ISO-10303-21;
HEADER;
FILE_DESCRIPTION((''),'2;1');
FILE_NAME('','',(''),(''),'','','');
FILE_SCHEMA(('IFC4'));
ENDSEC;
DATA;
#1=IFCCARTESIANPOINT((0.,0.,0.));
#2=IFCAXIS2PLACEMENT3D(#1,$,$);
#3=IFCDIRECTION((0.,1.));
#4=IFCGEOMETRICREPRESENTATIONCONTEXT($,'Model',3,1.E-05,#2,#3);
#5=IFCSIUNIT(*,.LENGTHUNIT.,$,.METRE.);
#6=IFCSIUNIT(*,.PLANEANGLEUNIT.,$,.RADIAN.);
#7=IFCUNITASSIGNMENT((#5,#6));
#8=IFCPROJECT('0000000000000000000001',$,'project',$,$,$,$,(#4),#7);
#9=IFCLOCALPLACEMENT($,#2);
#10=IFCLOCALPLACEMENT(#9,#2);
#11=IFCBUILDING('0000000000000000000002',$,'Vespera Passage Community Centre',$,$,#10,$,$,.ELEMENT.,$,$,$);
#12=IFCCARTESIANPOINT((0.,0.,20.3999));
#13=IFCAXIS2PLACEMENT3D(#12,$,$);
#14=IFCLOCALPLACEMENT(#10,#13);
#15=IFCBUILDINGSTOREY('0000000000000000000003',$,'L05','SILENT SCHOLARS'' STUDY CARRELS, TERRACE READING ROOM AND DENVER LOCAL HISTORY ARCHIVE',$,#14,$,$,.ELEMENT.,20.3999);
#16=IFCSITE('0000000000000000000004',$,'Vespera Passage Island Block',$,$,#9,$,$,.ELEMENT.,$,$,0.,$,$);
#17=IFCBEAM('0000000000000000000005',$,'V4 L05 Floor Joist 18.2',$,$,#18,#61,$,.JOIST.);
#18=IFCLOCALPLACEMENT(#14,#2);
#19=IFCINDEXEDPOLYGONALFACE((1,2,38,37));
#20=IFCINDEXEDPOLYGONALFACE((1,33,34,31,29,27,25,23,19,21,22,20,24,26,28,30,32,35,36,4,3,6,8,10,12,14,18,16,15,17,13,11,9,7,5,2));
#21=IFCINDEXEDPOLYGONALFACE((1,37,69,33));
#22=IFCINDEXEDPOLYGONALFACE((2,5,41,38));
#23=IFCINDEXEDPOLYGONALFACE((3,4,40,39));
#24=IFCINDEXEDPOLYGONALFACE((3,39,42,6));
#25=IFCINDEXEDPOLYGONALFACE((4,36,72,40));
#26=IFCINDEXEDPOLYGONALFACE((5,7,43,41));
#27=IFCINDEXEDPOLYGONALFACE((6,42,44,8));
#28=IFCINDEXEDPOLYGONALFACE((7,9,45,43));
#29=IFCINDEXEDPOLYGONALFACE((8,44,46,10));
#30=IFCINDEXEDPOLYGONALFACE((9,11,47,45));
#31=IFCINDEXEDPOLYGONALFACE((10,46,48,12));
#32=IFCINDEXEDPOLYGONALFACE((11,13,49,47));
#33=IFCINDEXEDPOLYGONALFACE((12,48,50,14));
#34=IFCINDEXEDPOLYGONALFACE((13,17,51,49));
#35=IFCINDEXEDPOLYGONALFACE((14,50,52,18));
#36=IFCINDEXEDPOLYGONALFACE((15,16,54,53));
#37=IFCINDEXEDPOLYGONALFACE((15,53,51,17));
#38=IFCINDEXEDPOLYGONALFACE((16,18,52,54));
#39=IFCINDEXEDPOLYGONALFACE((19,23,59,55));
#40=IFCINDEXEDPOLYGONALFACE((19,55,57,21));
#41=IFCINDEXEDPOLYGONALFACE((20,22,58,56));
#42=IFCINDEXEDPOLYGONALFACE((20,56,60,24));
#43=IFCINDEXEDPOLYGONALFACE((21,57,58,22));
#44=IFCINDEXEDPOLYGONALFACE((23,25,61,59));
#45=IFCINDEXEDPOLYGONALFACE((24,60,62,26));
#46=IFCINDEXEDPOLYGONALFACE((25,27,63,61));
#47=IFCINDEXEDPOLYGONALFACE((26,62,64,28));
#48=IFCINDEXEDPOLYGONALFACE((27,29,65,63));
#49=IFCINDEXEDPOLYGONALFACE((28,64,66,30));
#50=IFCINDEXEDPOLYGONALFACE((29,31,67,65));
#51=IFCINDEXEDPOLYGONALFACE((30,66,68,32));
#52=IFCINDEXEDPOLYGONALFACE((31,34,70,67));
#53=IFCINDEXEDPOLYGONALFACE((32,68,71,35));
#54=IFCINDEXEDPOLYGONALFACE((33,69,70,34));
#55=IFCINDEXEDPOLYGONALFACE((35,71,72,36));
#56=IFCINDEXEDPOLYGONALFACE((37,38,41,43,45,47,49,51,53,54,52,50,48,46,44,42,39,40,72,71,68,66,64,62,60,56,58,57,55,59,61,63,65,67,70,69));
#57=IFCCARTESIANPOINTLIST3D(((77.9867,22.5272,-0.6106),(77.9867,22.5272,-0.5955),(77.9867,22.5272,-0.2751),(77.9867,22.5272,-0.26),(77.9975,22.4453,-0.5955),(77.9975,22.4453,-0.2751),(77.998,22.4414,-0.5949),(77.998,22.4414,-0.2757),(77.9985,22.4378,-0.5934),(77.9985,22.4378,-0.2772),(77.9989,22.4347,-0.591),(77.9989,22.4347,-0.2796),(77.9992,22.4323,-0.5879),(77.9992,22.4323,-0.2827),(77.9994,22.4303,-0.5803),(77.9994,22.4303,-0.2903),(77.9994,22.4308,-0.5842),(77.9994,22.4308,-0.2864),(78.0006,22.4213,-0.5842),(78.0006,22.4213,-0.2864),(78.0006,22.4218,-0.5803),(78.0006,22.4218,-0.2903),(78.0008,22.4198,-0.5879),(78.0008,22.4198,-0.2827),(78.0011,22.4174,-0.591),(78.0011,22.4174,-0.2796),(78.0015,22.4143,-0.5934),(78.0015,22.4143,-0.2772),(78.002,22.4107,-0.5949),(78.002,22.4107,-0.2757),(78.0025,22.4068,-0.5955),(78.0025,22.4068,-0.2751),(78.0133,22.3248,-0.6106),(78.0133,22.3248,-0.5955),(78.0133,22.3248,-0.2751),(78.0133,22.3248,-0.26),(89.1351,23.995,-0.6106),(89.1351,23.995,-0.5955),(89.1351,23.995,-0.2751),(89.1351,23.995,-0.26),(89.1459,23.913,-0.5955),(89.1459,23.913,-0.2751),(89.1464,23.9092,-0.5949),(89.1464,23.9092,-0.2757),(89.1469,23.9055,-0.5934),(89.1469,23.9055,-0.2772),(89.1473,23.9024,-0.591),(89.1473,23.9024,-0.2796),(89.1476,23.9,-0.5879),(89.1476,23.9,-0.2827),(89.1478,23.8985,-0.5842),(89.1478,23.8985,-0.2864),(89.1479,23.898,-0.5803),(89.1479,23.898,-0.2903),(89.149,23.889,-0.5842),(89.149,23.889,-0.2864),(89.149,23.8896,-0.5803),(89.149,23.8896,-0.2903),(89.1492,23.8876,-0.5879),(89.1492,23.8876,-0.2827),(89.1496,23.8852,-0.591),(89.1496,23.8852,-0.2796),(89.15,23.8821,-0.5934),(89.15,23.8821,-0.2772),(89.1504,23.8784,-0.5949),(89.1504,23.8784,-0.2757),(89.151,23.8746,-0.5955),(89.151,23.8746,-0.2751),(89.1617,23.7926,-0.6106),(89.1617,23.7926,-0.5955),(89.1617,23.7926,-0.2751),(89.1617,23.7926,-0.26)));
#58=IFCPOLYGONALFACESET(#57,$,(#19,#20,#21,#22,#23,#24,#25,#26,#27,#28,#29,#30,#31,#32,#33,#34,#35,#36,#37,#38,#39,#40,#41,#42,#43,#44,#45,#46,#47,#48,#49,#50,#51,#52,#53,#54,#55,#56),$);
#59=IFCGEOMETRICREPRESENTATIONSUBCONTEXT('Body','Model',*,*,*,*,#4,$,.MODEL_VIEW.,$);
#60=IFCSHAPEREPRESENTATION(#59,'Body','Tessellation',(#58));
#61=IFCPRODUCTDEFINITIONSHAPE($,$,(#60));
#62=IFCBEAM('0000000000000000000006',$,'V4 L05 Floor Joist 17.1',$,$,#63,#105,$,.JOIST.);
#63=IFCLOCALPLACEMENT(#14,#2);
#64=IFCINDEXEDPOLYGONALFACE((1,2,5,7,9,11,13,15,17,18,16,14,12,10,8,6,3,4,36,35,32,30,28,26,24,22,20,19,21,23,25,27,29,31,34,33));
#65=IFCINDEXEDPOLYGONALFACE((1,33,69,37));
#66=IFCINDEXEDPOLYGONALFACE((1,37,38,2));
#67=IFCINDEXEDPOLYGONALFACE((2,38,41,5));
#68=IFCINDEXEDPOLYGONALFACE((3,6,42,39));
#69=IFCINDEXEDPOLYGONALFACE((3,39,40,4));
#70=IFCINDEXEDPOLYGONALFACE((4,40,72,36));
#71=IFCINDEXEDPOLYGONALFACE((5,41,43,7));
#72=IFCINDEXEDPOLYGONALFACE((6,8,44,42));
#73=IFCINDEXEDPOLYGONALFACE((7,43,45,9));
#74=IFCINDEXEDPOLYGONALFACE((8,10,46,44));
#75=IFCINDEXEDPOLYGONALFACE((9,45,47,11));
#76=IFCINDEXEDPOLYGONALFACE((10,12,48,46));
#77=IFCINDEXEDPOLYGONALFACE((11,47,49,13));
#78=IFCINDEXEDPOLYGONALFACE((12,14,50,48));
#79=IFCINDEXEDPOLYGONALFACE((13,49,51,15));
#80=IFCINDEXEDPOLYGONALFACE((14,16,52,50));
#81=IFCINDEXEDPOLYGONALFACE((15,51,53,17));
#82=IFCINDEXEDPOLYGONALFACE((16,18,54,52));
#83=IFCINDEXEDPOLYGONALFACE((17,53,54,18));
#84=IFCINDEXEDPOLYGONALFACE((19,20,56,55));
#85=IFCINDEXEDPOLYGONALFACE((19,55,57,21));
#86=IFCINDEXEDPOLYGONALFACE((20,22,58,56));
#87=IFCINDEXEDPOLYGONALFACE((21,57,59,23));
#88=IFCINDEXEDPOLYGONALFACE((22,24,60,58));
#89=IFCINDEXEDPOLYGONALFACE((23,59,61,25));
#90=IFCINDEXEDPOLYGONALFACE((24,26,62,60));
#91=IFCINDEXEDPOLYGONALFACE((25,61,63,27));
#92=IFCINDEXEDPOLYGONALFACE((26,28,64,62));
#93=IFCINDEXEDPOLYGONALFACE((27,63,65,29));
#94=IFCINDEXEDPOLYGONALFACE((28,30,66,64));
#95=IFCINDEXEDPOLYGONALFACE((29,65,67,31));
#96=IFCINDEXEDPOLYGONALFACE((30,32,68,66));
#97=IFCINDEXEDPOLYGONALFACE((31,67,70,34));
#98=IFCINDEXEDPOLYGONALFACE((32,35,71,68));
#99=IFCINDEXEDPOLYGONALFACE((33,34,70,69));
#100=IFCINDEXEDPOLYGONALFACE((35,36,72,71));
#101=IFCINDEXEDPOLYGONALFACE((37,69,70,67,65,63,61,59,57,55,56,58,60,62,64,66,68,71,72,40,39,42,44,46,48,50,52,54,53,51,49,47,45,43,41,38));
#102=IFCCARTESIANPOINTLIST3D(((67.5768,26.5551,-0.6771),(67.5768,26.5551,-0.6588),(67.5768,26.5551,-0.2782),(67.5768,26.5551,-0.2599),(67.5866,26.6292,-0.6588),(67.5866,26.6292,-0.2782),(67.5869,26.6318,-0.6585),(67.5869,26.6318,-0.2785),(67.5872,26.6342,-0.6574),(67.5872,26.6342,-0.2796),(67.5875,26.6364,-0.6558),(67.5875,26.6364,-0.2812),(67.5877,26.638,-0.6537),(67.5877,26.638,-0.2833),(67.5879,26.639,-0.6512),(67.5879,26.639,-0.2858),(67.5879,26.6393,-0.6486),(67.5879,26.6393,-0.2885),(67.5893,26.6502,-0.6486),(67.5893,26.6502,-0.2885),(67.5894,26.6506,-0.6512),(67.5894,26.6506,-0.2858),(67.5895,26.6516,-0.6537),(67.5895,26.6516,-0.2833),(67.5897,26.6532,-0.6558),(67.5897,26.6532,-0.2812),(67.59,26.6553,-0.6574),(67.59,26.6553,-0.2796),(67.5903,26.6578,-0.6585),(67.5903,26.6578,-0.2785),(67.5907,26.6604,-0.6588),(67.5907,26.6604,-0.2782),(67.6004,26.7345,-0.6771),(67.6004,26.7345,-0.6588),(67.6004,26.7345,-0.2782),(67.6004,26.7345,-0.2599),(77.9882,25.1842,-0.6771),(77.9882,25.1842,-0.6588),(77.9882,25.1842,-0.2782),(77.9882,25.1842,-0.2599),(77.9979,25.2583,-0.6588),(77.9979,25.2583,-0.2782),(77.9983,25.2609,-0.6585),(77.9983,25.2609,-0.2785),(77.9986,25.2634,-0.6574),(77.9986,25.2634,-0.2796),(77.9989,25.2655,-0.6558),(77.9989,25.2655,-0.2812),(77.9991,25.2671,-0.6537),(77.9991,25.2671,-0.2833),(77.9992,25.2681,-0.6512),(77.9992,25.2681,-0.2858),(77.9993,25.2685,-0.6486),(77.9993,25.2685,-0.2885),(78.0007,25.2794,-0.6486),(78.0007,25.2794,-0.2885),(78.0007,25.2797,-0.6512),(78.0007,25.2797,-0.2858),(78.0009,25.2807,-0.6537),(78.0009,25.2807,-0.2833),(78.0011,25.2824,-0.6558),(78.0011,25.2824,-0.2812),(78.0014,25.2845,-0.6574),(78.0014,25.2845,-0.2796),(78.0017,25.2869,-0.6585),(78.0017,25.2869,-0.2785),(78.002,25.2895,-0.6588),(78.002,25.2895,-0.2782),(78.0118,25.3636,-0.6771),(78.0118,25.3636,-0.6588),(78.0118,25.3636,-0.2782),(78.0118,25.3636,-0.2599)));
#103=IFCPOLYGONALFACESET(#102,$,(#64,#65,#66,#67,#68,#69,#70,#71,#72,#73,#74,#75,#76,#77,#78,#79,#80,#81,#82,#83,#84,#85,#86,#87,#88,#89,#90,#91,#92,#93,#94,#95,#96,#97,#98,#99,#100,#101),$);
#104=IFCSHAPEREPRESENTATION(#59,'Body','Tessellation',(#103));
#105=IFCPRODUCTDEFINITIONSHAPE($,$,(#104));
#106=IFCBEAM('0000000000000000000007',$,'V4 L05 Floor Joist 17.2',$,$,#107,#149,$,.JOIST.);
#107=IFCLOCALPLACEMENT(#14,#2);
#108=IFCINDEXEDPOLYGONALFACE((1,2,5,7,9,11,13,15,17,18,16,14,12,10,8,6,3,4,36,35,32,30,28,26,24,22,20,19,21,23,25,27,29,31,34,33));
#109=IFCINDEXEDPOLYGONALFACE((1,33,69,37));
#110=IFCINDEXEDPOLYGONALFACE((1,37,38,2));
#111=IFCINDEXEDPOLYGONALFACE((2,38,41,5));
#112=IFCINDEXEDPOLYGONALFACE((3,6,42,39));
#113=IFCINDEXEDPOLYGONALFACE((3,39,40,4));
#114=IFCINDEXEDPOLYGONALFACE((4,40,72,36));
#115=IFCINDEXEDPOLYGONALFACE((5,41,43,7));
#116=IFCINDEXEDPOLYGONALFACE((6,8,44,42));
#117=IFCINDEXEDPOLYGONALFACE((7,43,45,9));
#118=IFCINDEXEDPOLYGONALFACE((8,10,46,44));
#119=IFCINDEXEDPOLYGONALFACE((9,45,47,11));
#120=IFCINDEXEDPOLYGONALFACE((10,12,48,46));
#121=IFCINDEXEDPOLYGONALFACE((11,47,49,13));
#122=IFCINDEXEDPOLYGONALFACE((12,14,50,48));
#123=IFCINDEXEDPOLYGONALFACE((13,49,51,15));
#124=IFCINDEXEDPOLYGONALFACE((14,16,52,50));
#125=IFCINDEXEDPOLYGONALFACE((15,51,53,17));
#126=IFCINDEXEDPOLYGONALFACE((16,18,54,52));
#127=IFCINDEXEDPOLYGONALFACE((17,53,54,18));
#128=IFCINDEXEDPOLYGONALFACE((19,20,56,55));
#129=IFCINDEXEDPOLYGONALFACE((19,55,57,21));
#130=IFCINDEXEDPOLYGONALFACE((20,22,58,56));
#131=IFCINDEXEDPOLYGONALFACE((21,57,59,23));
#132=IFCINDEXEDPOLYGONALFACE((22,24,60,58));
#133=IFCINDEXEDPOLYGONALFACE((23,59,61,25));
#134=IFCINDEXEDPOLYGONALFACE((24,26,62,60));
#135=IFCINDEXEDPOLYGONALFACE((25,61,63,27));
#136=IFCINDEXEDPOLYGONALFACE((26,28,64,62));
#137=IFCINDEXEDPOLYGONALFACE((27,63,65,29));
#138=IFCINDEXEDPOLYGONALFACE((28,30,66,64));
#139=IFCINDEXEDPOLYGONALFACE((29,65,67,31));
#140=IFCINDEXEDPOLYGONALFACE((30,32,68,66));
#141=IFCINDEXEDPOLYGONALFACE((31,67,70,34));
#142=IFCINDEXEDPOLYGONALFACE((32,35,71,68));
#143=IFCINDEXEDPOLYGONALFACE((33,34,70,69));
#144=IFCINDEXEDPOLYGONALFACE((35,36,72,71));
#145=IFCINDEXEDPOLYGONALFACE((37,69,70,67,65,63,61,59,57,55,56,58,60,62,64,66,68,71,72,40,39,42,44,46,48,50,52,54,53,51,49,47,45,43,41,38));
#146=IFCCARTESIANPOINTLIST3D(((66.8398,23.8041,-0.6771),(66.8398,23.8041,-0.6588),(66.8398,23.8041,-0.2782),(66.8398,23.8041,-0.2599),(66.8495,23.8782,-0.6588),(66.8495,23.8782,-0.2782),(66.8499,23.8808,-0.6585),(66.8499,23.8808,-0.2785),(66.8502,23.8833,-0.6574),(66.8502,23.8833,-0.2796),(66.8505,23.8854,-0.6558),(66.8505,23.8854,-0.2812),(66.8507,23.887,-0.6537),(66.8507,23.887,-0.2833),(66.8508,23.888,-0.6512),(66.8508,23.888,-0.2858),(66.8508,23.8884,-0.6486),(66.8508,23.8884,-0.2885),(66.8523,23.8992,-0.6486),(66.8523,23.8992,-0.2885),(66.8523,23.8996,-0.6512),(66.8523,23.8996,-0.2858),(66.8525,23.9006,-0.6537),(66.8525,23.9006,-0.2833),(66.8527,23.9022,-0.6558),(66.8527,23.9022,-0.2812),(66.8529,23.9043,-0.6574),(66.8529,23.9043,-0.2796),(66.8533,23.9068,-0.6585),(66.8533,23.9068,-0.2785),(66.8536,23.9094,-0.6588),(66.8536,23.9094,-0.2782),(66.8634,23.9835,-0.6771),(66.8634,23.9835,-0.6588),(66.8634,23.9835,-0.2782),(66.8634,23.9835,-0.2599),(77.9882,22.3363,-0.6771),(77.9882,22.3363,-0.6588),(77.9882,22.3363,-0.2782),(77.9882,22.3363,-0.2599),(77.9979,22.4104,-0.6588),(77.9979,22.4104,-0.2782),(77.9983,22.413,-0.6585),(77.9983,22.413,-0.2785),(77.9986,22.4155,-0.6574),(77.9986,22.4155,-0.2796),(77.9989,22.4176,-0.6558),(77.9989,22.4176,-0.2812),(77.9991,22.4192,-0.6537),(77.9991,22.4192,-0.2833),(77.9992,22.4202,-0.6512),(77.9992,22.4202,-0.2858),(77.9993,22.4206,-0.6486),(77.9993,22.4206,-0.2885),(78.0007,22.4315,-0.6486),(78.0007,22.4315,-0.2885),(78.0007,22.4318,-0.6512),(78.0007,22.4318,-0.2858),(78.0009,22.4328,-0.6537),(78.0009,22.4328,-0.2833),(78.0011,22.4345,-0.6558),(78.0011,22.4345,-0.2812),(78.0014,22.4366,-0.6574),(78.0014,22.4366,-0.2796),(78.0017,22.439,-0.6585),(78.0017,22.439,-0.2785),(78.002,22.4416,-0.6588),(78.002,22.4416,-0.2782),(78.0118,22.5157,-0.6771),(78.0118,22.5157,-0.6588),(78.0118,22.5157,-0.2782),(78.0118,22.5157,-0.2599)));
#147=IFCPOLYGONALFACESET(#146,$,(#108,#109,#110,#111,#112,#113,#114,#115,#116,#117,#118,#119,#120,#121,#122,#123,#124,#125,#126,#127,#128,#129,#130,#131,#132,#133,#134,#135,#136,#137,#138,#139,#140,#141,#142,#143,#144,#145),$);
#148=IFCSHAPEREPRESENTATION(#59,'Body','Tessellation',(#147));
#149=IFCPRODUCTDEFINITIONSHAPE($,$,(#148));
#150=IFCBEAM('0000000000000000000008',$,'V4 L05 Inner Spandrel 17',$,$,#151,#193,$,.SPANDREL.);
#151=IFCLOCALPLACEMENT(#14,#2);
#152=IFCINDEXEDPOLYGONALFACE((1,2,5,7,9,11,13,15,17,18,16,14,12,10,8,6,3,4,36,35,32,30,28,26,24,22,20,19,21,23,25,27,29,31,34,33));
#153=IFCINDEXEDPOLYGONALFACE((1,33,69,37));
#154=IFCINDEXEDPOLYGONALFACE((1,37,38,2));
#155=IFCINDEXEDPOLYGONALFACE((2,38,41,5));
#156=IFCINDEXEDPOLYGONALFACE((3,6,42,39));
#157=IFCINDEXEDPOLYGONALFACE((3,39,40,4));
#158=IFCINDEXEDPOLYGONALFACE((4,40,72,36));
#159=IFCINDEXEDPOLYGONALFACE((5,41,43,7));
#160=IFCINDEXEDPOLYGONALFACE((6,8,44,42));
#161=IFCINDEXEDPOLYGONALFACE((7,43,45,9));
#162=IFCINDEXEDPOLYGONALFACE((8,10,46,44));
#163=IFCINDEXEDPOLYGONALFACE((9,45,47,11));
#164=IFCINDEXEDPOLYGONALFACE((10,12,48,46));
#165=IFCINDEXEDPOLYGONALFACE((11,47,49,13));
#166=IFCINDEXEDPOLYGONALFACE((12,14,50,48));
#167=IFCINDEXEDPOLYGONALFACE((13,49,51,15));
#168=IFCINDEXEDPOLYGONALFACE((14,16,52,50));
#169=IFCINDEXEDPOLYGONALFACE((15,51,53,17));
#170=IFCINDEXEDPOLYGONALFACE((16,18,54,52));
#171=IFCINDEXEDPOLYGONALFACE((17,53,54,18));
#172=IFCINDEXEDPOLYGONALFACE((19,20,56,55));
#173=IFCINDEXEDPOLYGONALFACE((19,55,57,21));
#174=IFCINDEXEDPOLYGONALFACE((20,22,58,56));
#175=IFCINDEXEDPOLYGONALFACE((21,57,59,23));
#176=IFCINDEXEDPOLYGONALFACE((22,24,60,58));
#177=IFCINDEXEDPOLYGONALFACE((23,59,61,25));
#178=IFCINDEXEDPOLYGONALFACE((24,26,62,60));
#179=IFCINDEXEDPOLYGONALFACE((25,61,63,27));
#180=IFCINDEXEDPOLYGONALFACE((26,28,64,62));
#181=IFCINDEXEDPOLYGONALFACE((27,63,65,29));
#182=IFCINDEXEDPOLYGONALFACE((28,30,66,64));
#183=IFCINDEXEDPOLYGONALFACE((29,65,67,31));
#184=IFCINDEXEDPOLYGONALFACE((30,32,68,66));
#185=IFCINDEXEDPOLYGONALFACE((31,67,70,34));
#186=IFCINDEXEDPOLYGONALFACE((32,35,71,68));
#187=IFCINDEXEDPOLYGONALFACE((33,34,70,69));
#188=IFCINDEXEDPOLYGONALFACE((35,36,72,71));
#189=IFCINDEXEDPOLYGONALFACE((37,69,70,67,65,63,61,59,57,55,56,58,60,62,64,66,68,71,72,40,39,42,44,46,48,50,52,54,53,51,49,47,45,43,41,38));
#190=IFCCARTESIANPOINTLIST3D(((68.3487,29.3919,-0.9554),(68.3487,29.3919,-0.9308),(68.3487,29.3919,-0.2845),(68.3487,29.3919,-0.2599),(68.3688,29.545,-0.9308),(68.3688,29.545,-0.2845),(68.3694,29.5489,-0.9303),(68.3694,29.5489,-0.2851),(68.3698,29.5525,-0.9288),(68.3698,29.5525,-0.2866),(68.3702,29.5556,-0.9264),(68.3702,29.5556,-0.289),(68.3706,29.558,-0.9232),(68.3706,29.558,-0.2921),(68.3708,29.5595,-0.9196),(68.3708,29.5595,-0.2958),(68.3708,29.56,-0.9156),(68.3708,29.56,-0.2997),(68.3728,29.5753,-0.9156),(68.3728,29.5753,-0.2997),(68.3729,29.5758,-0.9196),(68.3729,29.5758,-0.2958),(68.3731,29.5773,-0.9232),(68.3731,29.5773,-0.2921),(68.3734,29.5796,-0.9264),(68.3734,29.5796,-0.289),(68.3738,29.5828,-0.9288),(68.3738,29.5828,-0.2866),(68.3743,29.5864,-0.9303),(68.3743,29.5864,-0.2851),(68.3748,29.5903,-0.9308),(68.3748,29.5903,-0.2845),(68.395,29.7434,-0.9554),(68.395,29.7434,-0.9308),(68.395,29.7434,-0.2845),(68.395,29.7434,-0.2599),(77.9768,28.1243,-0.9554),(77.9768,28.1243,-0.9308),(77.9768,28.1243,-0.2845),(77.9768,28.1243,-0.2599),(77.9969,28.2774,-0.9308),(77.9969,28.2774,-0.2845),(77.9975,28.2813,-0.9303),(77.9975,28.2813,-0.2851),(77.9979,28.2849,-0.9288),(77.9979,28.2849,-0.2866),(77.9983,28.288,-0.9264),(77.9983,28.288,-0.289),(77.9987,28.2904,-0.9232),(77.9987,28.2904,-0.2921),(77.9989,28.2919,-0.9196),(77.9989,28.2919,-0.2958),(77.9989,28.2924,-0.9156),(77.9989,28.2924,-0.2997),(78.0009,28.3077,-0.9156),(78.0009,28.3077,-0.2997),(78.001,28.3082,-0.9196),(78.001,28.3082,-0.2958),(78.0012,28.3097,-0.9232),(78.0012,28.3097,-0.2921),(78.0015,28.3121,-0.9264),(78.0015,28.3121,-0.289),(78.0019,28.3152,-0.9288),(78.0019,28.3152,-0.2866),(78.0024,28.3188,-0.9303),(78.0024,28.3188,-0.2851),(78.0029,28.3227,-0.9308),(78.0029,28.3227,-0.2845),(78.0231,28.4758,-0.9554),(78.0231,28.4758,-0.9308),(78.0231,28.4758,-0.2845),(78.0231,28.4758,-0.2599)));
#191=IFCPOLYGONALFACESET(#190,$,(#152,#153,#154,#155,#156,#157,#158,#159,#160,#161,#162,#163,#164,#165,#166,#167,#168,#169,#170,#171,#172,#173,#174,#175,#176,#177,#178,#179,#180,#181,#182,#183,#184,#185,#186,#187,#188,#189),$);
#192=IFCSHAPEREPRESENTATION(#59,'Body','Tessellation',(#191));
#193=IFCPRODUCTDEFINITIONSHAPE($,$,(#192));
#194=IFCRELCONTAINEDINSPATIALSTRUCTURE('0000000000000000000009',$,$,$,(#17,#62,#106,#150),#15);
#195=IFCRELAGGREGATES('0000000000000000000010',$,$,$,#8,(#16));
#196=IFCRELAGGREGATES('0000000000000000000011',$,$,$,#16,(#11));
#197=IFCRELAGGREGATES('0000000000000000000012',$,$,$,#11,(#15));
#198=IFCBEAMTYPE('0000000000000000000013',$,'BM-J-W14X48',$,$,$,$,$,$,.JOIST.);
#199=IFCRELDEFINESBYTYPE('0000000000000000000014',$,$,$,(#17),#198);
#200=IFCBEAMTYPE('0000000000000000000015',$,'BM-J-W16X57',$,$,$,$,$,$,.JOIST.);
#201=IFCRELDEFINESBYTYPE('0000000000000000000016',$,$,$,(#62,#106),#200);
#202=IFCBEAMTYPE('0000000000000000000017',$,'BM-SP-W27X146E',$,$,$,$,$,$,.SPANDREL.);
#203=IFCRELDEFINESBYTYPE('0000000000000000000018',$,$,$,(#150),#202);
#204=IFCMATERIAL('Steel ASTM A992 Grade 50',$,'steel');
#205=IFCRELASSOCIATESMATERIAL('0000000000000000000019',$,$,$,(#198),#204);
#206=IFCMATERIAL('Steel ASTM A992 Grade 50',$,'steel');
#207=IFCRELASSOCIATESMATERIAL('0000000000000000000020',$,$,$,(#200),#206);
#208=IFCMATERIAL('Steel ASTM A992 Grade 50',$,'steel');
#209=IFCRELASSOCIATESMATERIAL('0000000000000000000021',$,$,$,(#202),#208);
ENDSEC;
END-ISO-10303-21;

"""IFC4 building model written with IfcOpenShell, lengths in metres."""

from ifc_helpers import new_model, si_unit, direction, frame, origin, origin_2d, place, context, subcontext, project, spatial, i_section, extrude, material, material_profile, profile_set, type_object, element, save


model = new_model("IFC4")

# Units and contexts
model_context = context("Model", 3, precision=1e-05, world=origin(), true_north=direction((0.0, 1.0)))
body_context = subcontext(model_context, "Body", "Model", "MODEL_VIEW")
ifc_project = project(units=[si_unit("LENGTHUNIT", "METRE"), si_unit("PLANEANGLEUNIT", "RADIAN")], contexts=[model_context])

# Site, building, storey
site_placement = place(None, origin())
site = spatial("IfcSite", under=ifc_project, at=site_placement, Name="Vespera Passage Island Block", CompositionType="ELEMENT", RefElevation=0.0)
building_placement = place(site_placement, origin())
building = spatial("IfcBuilding", under=site, at=building_placement, Name="Vespera Passage Community Centre", CompositionType="ELEMENT")
storey_placement = place(building_placement, frame((0.0, 0.0, 20.3999)))
storey = spatial("IfcBuildingStorey", under=building, at=storey_placement, Name="L05", Description="SILENT SCHOLARS' STUDY CARRELS, TERRACE READING ROOM AND DENVER LOCAL HISTORY ARCHIVE", CompositionType="ELEMENT", Elevation=20.3999)

# Beams
ifc_material_1 = material(Name="Steel ASTM A992 Grade 50", Category="steel")
ifc_material_profile_1 = material_profile(ifc_material_1, i_section(OverallWidth=0.2041, OverallDepth=0.3506, WebThickness=0.0085, FlangeThickness=0.0151, FilletRadius=0.0151, at=origin_2d()), Name="W14X48")
ifc_profile_set_1 = profile_set([ifc_material_profile_1], Name="Steel ASTM A992 Grade 50")
beam_type_1 = type_object("IfcBeamType", Name="BM-J-W14X48", PredefinedType="JOIST", material=ifc_profile_set_1)
beam_1_placement = place(storey_placement, frame((78.0, 22.426, -0.4353), z_axis=(0.991444, 0.130531, 0.0), x_axis=(-0.130531, 0.991444, 0.0)))
element("IfcBeam", 1, at=beam_1_placement, inside=storey, type_object=beam_type_1, Name="V4 L05 Floor Joist 18.2", PredefinedType="JOIST", context=body_context, shape_type="SweptSolid", body=[
    extrude(i_section(OverallWidth=0.2041, OverallDepth=0.3506, WebThickness=0.0085, FlangeThickness=0.0151, FilletRadius=0.0151, at=origin_2d()), origin(), (0.0, 0.0, 1.0), 11.2446),
])
ifc_material_2 = material(Name="Steel ASTM A992 Grade 50", Category="steel")
ifc_material_profile_2 = material_profile(ifc_material_2, i_section(OverallWidth=0.1809, OverallDepth=0.4172, WebThickness=0.011, FlangeThickness=0.0183, FilletRadius=0.0103, at=origin_2d()), Name="W16X57")
ifc_profile_set_2 = profile_set([ifc_material_profile_2], Name="Steel ASTM A992 Grade 50")
beam_type_2 = type_object("IfcBeamType", Name="BM-J-W16X57", PredefinedType="JOIST", material=ifc_profile_set_2)
beam_2_placement = place(storey_placement, frame((67.5886, 26.6448, -0.4685), z_axis=(0.991443, -0.130542, 0.0), x_axis=(0.130542, 0.991443, 0.0)))
element("IfcBeam", 2, at=beam_2_placement, inside=storey, type_object=beam_type_2, Name="V4 L05 Floor Joist 17.1", PredefinedType="JOIST", context=body_context, shape_type="SweptSolid", body=[
    extrude(i_section(OverallWidth=0.1809, OverallDepth=0.4172, WebThickness=0.011, FlangeThickness=0.0183, FilletRadius=0.0103, at=origin_2d()), origin(), (0.0, 0.0, 1.0), 10.5012),
])
beam_3_placement = place(storey_placement, frame((66.8516, 23.8938, -0.4685), z_axis=(0.991444, -0.130531, 0.0), x_axis=(0.130531, 0.991444, 0.0)))
element("IfcBeam", 3, at=beam_3_placement, inside=storey, type_object=beam_type_2, Name="V4 L05 Floor Joist 17.2", PredefinedType="JOIST", context=body_context, shape_type="SweptSolid", body=[
    extrude(i_section(OverallWidth=0.1809, OverallDepth=0.4172, WebThickness=0.011, FlangeThickness=0.0183, FilletRadius=0.0103, at=origin_2d()), origin(), (0.0, 0.0, 1.0), 11.2446),
])
ifc_material_3 = material(Name="Steel ASTM A992 Grade 50", Category="steel")
ifc_material_profile_3 = material_profile(ifc_material_3, i_section(OverallWidth=0.3545, OverallDepth=0.6956, WebThickness=0.0154, FlangeThickness=0.0247, FilletRadius=0.0151, at=origin_2d()), Name="W27X146")
ifc_profile_set_3 = profile_set([ifc_material_profile_3], Name="Steel ASTM A992 Grade 50")
beam_type_3 = type_object("IfcBeamType", Name="BM-SP-W27X146E", PredefinedType="SPANDREL", material=ifc_profile_set_3)
for number, where, z_axis, x_axis, name in (
    (4, (68.3718, 29.5676, -0.6077), (0.991445, -0.130527, 0.0), (0.130527, 0.991445, 0.0), "V4 L05 Inner Spandrel 17"),
):
    element("IfcBeam", number, at=place(storey_placement, frame(where, z_axis=z_axis, x_axis=x_axis)), inside=storey, type_object=beam_type_3, Name=name, PredefinedType="SPANDREL", context=body_context, shape_type="SweptSolid", body=[
        extrude(i_section(OverallWidth=0.3545, OverallDepth=0.6956, WebThickness=0.0154, FlangeThickness=0.0247, FilletRadius=0.0151, at=origin_2d()), origin(), (0.0, 0.0, 1.0), 9.7112),
    ])

save(model, "model.ifc")
